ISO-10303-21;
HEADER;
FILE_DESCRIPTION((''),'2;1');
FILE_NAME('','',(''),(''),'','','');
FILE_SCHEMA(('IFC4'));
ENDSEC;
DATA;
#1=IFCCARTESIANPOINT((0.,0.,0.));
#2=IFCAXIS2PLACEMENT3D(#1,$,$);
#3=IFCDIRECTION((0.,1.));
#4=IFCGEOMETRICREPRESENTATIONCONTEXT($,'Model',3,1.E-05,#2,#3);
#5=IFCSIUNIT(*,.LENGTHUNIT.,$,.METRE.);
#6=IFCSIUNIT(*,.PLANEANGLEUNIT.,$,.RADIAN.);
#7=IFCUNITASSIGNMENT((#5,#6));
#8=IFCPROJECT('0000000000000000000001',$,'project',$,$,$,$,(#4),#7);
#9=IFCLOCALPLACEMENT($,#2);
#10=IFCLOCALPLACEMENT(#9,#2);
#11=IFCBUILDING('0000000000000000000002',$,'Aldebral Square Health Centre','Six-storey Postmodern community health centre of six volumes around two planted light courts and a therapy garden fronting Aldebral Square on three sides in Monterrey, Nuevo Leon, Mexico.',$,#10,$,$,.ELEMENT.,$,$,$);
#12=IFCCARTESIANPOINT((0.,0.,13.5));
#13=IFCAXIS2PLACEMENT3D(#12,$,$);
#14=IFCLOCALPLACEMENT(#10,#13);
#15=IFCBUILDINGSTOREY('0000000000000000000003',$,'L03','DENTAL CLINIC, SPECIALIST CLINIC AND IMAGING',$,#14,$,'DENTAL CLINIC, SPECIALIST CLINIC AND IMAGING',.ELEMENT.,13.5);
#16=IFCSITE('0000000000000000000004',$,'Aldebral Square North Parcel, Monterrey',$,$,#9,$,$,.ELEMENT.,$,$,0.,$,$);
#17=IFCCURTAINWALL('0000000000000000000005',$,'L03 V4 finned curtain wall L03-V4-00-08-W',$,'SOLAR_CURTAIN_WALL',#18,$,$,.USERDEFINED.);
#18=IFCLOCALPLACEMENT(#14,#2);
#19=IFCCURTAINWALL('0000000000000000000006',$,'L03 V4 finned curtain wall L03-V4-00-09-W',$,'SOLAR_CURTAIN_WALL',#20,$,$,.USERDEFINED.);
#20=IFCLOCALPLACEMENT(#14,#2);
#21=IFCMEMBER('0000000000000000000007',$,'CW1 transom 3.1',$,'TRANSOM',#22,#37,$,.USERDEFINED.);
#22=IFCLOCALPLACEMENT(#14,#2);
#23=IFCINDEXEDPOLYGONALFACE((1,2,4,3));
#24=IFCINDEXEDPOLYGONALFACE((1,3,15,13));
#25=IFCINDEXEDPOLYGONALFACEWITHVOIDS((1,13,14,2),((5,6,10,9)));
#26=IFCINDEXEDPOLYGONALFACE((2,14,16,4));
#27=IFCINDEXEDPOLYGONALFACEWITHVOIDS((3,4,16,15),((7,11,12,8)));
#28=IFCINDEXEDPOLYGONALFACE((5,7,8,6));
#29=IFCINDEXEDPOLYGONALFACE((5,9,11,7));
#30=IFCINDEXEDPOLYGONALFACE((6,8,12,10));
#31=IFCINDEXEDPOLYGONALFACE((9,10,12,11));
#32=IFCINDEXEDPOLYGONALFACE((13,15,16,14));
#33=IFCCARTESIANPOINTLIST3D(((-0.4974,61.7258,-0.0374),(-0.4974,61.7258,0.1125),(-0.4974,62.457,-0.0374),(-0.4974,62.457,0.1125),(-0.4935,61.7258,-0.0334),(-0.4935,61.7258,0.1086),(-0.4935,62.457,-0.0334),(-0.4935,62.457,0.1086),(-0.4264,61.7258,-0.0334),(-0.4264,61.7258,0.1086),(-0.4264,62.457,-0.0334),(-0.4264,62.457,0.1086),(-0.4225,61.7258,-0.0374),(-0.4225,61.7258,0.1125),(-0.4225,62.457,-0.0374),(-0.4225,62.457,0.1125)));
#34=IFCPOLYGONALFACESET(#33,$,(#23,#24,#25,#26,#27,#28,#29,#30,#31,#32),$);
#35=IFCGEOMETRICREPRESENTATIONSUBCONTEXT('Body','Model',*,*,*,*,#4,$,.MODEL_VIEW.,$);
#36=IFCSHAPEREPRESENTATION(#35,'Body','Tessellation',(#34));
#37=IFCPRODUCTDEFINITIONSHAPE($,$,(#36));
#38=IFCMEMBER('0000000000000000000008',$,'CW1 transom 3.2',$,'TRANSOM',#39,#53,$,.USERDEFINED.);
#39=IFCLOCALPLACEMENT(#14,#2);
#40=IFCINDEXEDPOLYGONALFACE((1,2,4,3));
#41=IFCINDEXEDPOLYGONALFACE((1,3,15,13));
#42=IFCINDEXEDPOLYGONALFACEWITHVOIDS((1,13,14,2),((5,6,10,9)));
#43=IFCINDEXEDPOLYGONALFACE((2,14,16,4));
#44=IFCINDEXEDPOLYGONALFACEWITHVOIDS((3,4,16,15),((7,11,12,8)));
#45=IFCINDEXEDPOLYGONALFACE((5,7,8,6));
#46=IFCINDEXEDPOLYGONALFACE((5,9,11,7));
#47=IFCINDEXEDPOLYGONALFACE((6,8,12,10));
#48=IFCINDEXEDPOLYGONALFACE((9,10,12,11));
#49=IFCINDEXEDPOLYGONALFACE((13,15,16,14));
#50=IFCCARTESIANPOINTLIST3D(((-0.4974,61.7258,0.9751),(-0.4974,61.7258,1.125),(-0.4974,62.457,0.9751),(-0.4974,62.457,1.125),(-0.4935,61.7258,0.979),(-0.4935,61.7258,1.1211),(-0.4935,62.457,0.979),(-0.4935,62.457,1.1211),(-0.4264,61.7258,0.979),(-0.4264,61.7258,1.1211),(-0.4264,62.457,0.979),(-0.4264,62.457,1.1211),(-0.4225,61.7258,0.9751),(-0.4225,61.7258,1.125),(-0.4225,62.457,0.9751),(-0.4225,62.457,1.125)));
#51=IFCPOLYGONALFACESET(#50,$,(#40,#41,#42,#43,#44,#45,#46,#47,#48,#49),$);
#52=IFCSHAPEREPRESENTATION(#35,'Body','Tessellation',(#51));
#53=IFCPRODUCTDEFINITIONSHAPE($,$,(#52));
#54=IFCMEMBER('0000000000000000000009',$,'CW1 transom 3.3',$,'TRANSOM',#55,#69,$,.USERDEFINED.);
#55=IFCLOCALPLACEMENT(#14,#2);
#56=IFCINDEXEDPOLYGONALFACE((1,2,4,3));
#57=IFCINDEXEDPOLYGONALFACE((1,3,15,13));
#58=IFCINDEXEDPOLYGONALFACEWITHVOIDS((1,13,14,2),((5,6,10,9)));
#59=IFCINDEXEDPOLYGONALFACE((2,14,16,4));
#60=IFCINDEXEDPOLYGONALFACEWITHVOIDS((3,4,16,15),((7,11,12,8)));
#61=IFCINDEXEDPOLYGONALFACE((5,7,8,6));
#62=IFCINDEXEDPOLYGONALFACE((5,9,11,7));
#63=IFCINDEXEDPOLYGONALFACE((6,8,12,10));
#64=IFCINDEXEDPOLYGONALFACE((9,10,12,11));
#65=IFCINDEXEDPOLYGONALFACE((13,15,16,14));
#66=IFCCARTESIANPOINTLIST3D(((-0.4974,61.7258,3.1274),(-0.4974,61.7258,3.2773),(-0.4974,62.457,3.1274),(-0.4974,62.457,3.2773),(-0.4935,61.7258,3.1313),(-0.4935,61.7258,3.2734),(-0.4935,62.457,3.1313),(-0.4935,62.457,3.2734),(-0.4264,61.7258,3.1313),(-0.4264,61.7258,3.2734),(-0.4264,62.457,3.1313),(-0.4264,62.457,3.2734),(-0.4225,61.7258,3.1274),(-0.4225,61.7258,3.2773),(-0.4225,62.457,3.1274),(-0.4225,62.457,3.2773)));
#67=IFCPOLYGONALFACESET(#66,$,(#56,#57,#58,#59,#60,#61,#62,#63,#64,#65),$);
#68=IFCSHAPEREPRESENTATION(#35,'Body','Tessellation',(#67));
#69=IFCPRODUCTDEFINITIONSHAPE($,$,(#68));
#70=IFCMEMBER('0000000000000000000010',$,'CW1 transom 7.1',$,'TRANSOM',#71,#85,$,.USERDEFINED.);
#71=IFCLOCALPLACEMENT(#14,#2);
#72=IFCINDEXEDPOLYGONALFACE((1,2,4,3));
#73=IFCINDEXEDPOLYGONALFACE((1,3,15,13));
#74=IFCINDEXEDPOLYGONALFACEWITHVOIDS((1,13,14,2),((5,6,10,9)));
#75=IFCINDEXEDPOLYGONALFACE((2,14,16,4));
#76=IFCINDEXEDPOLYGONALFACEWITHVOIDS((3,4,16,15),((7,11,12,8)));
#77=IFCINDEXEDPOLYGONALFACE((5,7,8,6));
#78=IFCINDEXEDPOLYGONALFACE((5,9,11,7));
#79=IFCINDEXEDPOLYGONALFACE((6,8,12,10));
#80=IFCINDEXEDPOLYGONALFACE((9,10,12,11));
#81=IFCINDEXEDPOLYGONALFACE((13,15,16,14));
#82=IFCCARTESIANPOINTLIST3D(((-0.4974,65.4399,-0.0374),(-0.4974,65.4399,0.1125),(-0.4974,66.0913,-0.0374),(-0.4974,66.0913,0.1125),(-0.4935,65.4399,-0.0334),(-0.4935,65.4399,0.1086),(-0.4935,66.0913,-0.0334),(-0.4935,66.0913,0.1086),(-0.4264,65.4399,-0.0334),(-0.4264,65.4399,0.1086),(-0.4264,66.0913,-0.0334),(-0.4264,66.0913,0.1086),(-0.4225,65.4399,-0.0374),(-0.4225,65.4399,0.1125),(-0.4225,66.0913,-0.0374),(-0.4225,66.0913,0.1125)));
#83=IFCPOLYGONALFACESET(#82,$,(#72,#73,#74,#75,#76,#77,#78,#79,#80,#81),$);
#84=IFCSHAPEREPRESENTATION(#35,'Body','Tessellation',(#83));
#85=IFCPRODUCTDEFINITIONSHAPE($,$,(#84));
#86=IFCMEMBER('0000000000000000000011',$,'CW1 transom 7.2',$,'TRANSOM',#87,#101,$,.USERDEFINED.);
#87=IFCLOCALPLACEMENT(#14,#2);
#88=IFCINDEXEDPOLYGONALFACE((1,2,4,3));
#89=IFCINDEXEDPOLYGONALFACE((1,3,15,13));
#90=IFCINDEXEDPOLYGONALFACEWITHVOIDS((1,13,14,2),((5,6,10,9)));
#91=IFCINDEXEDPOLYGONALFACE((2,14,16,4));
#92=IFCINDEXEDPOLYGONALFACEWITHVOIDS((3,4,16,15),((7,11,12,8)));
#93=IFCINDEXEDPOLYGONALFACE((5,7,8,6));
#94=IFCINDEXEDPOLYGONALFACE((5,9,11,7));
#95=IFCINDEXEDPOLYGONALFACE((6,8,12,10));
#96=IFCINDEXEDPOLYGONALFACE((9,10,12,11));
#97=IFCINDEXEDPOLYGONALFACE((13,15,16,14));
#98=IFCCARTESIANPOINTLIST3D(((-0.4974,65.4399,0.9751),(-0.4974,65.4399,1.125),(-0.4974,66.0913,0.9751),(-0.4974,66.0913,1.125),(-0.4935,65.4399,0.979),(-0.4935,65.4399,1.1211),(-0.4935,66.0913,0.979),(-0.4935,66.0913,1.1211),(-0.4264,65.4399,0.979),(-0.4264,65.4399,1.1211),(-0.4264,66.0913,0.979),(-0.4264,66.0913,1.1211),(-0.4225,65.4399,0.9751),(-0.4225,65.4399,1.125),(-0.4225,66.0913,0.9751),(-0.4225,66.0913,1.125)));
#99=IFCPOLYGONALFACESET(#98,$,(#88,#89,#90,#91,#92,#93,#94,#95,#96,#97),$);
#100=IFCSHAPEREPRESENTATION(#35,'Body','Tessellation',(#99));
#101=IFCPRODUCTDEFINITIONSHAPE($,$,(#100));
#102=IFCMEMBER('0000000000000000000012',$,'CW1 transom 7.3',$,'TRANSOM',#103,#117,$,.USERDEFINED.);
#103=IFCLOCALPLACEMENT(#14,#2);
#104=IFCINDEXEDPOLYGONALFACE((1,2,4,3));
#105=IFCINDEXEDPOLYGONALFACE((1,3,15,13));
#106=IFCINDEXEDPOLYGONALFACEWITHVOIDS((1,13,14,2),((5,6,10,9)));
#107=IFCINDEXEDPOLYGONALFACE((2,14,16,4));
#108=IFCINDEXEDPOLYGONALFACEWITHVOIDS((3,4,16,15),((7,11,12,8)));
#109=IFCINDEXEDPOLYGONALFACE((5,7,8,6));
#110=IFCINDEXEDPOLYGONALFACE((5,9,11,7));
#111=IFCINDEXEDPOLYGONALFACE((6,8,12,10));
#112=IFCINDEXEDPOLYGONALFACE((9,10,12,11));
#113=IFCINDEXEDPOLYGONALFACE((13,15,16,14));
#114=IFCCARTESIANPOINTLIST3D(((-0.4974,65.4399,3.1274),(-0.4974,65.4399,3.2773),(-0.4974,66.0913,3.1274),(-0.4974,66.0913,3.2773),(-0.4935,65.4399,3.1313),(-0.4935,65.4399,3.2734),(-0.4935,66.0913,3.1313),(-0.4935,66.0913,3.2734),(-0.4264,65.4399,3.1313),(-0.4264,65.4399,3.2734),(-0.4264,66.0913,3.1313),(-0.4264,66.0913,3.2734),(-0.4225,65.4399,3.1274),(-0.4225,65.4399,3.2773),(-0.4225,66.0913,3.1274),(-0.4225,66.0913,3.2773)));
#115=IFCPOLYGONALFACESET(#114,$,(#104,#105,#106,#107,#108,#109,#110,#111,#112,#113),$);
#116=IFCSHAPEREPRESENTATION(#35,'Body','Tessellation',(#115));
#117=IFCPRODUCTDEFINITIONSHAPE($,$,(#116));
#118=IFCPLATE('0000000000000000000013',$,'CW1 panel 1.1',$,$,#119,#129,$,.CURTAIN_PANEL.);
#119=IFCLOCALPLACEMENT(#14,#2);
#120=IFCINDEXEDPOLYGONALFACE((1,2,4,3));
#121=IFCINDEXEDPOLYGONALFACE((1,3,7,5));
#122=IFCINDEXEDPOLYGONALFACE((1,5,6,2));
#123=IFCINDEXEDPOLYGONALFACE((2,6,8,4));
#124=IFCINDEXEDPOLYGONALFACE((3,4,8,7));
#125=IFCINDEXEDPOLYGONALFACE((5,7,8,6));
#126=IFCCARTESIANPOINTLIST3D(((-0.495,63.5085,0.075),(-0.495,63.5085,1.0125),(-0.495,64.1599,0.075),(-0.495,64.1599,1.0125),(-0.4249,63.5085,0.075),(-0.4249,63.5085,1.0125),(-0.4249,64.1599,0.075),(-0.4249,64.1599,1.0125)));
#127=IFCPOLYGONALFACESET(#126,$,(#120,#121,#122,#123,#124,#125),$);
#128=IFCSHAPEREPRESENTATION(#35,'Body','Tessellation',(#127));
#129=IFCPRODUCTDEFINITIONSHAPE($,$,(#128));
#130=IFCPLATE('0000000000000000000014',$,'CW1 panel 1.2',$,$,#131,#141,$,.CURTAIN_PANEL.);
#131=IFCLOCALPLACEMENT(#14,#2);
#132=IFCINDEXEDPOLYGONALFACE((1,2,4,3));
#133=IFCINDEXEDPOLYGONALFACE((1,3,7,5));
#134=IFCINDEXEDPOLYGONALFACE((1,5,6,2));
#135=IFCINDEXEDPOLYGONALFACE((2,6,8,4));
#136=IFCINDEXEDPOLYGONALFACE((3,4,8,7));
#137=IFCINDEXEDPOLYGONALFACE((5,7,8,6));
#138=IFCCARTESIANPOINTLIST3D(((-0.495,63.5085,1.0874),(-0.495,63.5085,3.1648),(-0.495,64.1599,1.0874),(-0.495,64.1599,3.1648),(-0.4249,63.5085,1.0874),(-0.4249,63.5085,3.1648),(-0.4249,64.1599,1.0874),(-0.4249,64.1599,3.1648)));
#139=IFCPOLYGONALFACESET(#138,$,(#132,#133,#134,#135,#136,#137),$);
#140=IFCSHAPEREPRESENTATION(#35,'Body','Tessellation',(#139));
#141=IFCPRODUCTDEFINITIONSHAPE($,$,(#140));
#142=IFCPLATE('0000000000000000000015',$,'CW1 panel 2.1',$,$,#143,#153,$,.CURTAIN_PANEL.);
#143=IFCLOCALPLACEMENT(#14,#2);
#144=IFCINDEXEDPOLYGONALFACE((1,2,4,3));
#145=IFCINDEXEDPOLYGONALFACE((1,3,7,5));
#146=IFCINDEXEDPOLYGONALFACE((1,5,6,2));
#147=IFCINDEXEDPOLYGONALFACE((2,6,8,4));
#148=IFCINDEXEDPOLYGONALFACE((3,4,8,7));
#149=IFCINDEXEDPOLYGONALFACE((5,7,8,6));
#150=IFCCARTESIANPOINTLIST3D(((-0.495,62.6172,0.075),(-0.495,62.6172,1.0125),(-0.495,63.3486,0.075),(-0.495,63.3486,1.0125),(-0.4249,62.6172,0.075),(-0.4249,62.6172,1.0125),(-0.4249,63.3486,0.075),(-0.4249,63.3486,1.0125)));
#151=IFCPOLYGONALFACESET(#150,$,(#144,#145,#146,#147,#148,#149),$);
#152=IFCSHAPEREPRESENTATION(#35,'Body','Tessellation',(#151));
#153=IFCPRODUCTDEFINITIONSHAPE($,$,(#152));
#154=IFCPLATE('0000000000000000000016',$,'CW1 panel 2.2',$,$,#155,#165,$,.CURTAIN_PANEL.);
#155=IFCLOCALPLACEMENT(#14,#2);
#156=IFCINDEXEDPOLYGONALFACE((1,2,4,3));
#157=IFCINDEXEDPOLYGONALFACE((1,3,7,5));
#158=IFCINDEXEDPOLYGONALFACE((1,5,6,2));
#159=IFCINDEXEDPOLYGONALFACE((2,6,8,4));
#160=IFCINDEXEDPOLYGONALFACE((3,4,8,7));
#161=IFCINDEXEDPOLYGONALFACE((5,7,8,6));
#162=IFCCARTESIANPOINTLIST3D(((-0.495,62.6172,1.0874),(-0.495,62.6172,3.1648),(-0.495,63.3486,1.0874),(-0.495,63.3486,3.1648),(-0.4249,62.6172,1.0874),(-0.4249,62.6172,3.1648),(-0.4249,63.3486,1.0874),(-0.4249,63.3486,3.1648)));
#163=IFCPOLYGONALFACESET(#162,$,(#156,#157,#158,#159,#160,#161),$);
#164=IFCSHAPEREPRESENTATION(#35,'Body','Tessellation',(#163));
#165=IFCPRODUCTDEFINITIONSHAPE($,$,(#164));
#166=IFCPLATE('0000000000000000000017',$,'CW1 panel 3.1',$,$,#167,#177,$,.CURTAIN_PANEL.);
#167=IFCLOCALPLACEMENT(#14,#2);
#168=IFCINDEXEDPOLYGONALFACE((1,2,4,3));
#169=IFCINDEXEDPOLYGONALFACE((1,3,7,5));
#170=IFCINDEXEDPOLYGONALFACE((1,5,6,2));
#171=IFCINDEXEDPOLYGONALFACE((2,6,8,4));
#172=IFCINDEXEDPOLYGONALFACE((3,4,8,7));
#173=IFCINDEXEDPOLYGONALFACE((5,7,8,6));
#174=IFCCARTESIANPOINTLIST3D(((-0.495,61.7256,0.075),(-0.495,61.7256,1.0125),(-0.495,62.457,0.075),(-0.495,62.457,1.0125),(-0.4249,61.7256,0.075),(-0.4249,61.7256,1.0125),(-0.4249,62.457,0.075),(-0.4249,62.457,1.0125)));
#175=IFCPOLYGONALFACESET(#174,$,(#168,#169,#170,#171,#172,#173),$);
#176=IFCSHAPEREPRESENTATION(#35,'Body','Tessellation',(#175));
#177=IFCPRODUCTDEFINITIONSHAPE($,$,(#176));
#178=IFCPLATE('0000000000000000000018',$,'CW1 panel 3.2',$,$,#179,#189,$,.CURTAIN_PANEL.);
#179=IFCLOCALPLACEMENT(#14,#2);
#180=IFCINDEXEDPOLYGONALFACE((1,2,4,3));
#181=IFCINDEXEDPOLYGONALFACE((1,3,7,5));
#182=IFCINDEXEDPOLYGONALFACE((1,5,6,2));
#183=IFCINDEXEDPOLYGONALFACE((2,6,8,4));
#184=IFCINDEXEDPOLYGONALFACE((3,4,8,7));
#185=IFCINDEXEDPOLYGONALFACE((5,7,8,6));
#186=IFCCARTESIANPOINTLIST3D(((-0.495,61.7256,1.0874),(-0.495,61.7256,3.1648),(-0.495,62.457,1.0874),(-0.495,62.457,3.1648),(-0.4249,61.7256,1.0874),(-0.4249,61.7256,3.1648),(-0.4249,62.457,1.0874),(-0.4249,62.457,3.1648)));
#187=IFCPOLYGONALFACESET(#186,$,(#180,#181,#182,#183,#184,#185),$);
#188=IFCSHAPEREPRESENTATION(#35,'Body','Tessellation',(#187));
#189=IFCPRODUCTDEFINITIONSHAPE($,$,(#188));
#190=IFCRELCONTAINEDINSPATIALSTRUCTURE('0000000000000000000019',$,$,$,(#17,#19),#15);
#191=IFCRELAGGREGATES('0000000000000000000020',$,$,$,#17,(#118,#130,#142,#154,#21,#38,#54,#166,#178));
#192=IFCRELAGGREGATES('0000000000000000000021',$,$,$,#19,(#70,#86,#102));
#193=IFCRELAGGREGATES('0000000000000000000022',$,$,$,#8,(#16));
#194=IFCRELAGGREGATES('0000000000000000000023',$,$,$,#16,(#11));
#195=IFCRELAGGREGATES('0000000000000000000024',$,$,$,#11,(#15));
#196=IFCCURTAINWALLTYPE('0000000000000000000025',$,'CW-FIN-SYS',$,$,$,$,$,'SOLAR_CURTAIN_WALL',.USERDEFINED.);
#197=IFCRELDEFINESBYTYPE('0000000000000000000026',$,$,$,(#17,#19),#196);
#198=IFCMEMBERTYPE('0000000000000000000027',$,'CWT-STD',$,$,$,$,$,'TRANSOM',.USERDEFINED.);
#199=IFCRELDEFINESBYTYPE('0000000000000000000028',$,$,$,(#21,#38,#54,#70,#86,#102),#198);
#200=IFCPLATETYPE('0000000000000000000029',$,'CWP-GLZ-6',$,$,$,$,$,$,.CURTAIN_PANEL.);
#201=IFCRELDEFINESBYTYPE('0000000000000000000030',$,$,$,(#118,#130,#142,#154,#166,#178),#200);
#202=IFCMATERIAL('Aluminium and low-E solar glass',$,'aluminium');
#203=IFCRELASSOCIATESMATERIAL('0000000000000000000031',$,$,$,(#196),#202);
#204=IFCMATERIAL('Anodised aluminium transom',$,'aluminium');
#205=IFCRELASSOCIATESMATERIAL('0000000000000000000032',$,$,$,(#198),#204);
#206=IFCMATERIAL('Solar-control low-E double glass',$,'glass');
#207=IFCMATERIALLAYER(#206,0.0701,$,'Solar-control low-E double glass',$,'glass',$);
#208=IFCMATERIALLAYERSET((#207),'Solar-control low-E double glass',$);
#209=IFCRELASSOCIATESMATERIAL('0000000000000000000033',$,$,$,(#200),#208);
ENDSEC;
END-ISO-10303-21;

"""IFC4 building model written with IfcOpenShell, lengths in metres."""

from ifc_helpers import new_model, si_unit, direction, frame, origin, origin_2d, place, context, subcontext, project, spatial, rectangle, hollow_rectangle, extrude, material, layer, layer_set, material_profile, profile_set, type_object, element, aggregate, save


model = new_model("IFC4")

# Units and contexts
model_context = context("Model", 3, precision=1e-05, world=origin(), true_north=direction((0.0, 1.0)))
body_context = subcontext(model_context, "Body", "Model", "MODEL_VIEW")
ifc_project = project(units=[si_unit("LENGTHUNIT", "METRE"), si_unit("PLANEANGLEUNIT", "RADIAN")], contexts=[model_context])

# Site, building, storey
site_placement = place(None, origin())
site = spatial("IfcSite", under=ifc_project, at=site_placement, Name="Aldebral Square North Parcel, Monterrey", CompositionType="ELEMENT", RefElevation=0.0)
building_placement = place(site_placement, origin())
building = spatial("IfcBuilding", under=site, at=building_placement, Name="Aldebral Square Health Centre", Description="Six-storey Postmodern community health centre of six volumes around two planted light courts and a therapy garden fronting Aldebral Square on three sides in Monterrey, Nuevo Leon, Mexico.", CompositionType="ELEMENT")
storey_placement = place(building_placement, frame((0.0, 0.0, 13.5)))
storey = spatial("IfcBuildingStorey", under=building, at=storey_placement, Name="L03", Description="DENTAL CLINIC, SPECIALIST CLINIC AND IMAGING", LongName="DENTAL CLINIC, SPECIALIST CLINIC AND IMAGING", CompositionType="ELEMENT", Elevation=13.5)

# Curtain walls
ifc_material_1 = material(Name="Aluminium and low-E solar glass", Category="aluminium")
curtain_wall_type = type_object("IfcCurtainWallType", Name="CW-FIN-SYS", ElementType="SOLAR_CURTAIN_WALL", PredefinedType="USERDEFINED", material=ifc_material_1)
curtain_wall_1_placement = place(storey_placement, origin())
curtain_wall_1 = element("IfcCurtainWall", 1, at=curtain_wall_1_placement, inside=storey, type_object=curtain_wall_type, Name="L03 V4 finned curtain wall L03-V4-00-08-W", ObjectType="SOLAR_CURTAIN_WALL", PredefinedType="USERDEFINED")
curtain_wall_2_placement = place(storey_placement, origin())
curtain_wall_2 = element("IfcCurtainWall", 2, at=curtain_wall_2_placement, inside=storey, type_object=curtain_wall_type, Name="L03 V4 finned curtain wall L03-V4-00-09-W", ObjectType="SOLAR_CURTAIN_WALL", PredefinedType="USERDEFINED")

# Members
ifc_material_2 = material(Name="Anodised aluminium transom", Category="aluminium")
ifc_material_profile_1 = material_profile(ifc_material_2, hollow_rectangle(XDim=0.075, YDim=0.1499, WallThickness=0.0039, at=origin_2d()), Name="CWT 75x150x4")
ifc_profile_set_1 = profile_set([ifc_material_profile_1], Name="Anodised aluminium transom")
member_type_1 = type_object("IfcMemberType", Name="CWT-STD", ElementType="TRANSOM", PredefinedType="USERDEFINED", material=ifc_profile_set_1)
member_1_placement = place(storey_placement, frame((-0.46, 62.457, 0.0376), z_axis=(0.0, -1.0, 0.0), x_axis=(1.0, 0.0, 0.0)))
member_1 = element("IfcMember", 3, at=member_1_placement, type_object=member_type_1, Name="CW1 transom 3.1", ObjectType="TRANSOM", PredefinedType="USERDEFINED", context=body_context, shape_type="SweptSolid", body=[
    extrude(hollow_rectangle(XDim=0.075, YDim=0.1499, WallThickness=0.0039, at=origin_2d()), origin(), (0.0, 0.0, 1.0), 0.7312),
])
member_2_placement = place(storey_placement, frame((-0.46, 62.457, 1.05), z_axis=(0.0, -1.0, 0.0), x_axis=(1.0, 0.0, 0.0)))
member_2 = element("IfcMember", 4, at=member_2_placement, type_object=member_type_1, Name="CW1 transom 3.2", ObjectType="TRANSOM", PredefinedType="USERDEFINED", context=body_context, shape_type="SweptSolid", body=[
    extrude(hollow_rectangle(XDim=0.075, YDim=0.1499, WallThickness=0.0039, at=origin_2d()), origin(), (0.0, 0.0, 1.0), 0.7312),
])
member_3_placement = place(storey_placement, frame((-0.46, 62.457, 3.2024), z_axis=(0.0, -1.0, 0.0), x_axis=(1.0, 0.0, 0.0)))
member_3 = element("IfcMember", 5, at=member_3_placement, type_object=member_type_1, Name="CW1 transom 3.3", ObjectType="TRANSOM", PredefinedType="USERDEFINED", context=body_context, shape_type="SweptSolid", body=[
    extrude(hollow_rectangle(XDim=0.075, YDim=0.1499, WallThickness=0.0039, at=origin_2d()), origin(), (0.0, 0.0, 1.0), 0.7312),
])
member_4_placement = place(storey_placement, frame((-0.46, 66.0913, 0.0376), z_axis=(0.0, -1.0, 0.0), x_axis=(1.0, 0.0, 0.0)))
member_4 = element("IfcMember", 6, at=member_4_placement, type_object=member_type_1, Name="CW1 transom 7.1", ObjectType="TRANSOM", PredefinedType="USERDEFINED", context=body_context, shape_type="SweptSolid", body=[
    extrude(hollow_rectangle(XDim=0.075, YDim=0.1499, WallThickness=0.0039, at=origin_2d()), origin(), (0.0, 0.0, 1.0), 0.6514),
])
member_5_placement = place(storey_placement, frame((-0.46, 66.0913, 1.05), z_axis=(0.0, -1.0, 0.0), x_axis=(1.0, 0.0, 0.0)))
member_5 = element("IfcMember", 7, at=member_5_placement, type_object=member_type_1, Name="CW1 transom 7.2", ObjectType="TRANSOM", PredefinedType="USERDEFINED", context=body_context, shape_type="SweptSolid", body=[
    extrude(hollow_rectangle(XDim=0.075, YDim=0.1499, WallThickness=0.0039, at=origin_2d()), origin(), (0.0, 0.0, 1.0), 0.6514),
])
member_6_placement = place(storey_placement, frame((-0.46, 66.0913, 3.2024), z_axis=(0.0, -1.0, 0.0), x_axis=(1.0, 0.0, 0.0)))
member_6 = element("IfcMember", 8, at=member_6_placement, type_object=member_type_1, Name="CW1 transom 7.3", ObjectType="TRANSOM", PredefinedType="USERDEFINED", context=body_context, shape_type="SweptSolid", body=[
    extrude(hollow_rectangle(XDim=0.075, YDim=0.1499, WallThickness=0.0039, at=origin_2d()), origin(), (0.0, 0.0, 1.0), 0.6514),
])

# Plates
ifc_material_3 = material(Name="Solar-control low-E double glass", Category="glass")
ifc_layer_1 = layer(ifc_material_3, 0.0701, Name="Solar-control low-E double glass", Category="glass")
ifc_layer_set_1 = layer_set([ifc_layer_1], Name="Solar-control low-E double glass")
plate_type_1 = type_object("IfcPlateType", Name="CWP-GLZ-6", PredefinedType="CURTAIN_PANEL", material=ifc_layer_set_1)
plate_1_placement = place(storey_placement, frame((-0.46, 63.8342, 0.075), z_axis=(0.0, 0.0, 1.0), x_axis=(0.0, -1.0, 0.0)))
plate_1 = element("IfcPlate", 9, at=plate_1_placement, type_object=plate_type_1, Name="CW1 panel 1.1", PredefinedType="CURTAIN_PANEL", context=body_context, shape_type="SweptSolid", body=[
    extrude(rectangle(XDim=0.6514, YDim=0.0701, at=origin_2d()), origin(), (0.0, 0.0, 1.0), 0.9375),
])
plate_2_placement = place(storey_placement, frame((-0.46, 63.8342, 1.0874), z_axis=(0.0, 0.0, 1.0), x_axis=(0.0, -1.0, 0.0)))
plate_2 = element("IfcPlate", 10, at=plate_2_placement, type_object=plate_type_1, Name="CW1 panel 1.2", PredefinedType="CURTAIN_PANEL", context=body_context, shape_type="SweptSolid", body=[
    extrude(rectangle(XDim=0.6514, YDim=0.0701, at=origin_2d()), origin(), (0.0, 0.0, 1.0), 2.0774),
])
plate_3_placement = place(storey_placement, frame((-0.46, 62.9829, 0.075), z_axis=(0.0, 0.0, 1.0), x_axis=(0.0, -1.0, 0.0)))
plate_3 = element("IfcPlate", 11, at=plate_3_placement, type_object=plate_type_1, Name="CW1 panel 2.1", PredefinedType="CURTAIN_PANEL", context=body_context, shape_type="SweptSolid", body=[
    extrude(rectangle(XDim=0.7314, YDim=0.0701, at=origin_2d()), origin(), (0.0, 0.0, 1.0), 0.9375),
])
plate_4_placement = place(storey_placement, frame((-0.46, 62.9829, 1.0874), z_axis=(0.0, 0.0, 1.0), x_axis=(0.0, -1.0, 0.0)))
plate_4 = element("IfcPlate", 12, at=plate_4_placement, type_object=plate_type_1, Name="CW1 panel 2.2", PredefinedType="CURTAIN_PANEL", context=body_context, shape_type="SweptSolid", body=[
    extrude(rectangle(XDim=0.7314, YDim=0.0701, at=origin_2d()), origin(), (0.0, 0.0, 1.0), 2.0774),
])
plate_5_placement = place(storey_placement, frame((-0.46, 62.0913, 0.075), z_axis=(0.0, 0.0, 1.0), x_axis=(0.0, -1.0, 0.0)))
plate_5 = element("IfcPlate", 13, at=plate_5_placement, type_object=plate_type_1, Name="CW1 panel 3.1", PredefinedType="CURTAIN_PANEL", context=body_context, shape_type="SweptSolid", body=[
    extrude(rectangle(XDim=0.7314, YDim=0.0701, at=origin_2d()), origin(), (0.0, 0.0, 1.0), 0.9375),
])
plate_6_placement = place(storey_placement, frame((-0.46, 62.0913, 1.0874), z_axis=(0.0, 0.0, 1.0), x_axis=(0.0, -1.0, 0.0)))
plate_6 = element("IfcPlate", 14, at=plate_6_placement, type_object=plate_type_1, Name="CW1 panel 3.2", PredefinedType="CURTAIN_PANEL", context=body_context, shape_type="SweptSolid", body=[
    extrude(rectangle(XDim=0.7314, YDim=0.0701, at=origin_2d()), origin(), (0.0, 0.0, 1.0), 2.0774),
])
aggregate(curtain_wall_1, [plate_1, plate_2, plate_3, plate_4, member_1, member_2, member_3, plate_5, plate_6])
aggregate(curtain_wall_2, [member_4, member_5, member_6])

save(model, "model.ifc")
